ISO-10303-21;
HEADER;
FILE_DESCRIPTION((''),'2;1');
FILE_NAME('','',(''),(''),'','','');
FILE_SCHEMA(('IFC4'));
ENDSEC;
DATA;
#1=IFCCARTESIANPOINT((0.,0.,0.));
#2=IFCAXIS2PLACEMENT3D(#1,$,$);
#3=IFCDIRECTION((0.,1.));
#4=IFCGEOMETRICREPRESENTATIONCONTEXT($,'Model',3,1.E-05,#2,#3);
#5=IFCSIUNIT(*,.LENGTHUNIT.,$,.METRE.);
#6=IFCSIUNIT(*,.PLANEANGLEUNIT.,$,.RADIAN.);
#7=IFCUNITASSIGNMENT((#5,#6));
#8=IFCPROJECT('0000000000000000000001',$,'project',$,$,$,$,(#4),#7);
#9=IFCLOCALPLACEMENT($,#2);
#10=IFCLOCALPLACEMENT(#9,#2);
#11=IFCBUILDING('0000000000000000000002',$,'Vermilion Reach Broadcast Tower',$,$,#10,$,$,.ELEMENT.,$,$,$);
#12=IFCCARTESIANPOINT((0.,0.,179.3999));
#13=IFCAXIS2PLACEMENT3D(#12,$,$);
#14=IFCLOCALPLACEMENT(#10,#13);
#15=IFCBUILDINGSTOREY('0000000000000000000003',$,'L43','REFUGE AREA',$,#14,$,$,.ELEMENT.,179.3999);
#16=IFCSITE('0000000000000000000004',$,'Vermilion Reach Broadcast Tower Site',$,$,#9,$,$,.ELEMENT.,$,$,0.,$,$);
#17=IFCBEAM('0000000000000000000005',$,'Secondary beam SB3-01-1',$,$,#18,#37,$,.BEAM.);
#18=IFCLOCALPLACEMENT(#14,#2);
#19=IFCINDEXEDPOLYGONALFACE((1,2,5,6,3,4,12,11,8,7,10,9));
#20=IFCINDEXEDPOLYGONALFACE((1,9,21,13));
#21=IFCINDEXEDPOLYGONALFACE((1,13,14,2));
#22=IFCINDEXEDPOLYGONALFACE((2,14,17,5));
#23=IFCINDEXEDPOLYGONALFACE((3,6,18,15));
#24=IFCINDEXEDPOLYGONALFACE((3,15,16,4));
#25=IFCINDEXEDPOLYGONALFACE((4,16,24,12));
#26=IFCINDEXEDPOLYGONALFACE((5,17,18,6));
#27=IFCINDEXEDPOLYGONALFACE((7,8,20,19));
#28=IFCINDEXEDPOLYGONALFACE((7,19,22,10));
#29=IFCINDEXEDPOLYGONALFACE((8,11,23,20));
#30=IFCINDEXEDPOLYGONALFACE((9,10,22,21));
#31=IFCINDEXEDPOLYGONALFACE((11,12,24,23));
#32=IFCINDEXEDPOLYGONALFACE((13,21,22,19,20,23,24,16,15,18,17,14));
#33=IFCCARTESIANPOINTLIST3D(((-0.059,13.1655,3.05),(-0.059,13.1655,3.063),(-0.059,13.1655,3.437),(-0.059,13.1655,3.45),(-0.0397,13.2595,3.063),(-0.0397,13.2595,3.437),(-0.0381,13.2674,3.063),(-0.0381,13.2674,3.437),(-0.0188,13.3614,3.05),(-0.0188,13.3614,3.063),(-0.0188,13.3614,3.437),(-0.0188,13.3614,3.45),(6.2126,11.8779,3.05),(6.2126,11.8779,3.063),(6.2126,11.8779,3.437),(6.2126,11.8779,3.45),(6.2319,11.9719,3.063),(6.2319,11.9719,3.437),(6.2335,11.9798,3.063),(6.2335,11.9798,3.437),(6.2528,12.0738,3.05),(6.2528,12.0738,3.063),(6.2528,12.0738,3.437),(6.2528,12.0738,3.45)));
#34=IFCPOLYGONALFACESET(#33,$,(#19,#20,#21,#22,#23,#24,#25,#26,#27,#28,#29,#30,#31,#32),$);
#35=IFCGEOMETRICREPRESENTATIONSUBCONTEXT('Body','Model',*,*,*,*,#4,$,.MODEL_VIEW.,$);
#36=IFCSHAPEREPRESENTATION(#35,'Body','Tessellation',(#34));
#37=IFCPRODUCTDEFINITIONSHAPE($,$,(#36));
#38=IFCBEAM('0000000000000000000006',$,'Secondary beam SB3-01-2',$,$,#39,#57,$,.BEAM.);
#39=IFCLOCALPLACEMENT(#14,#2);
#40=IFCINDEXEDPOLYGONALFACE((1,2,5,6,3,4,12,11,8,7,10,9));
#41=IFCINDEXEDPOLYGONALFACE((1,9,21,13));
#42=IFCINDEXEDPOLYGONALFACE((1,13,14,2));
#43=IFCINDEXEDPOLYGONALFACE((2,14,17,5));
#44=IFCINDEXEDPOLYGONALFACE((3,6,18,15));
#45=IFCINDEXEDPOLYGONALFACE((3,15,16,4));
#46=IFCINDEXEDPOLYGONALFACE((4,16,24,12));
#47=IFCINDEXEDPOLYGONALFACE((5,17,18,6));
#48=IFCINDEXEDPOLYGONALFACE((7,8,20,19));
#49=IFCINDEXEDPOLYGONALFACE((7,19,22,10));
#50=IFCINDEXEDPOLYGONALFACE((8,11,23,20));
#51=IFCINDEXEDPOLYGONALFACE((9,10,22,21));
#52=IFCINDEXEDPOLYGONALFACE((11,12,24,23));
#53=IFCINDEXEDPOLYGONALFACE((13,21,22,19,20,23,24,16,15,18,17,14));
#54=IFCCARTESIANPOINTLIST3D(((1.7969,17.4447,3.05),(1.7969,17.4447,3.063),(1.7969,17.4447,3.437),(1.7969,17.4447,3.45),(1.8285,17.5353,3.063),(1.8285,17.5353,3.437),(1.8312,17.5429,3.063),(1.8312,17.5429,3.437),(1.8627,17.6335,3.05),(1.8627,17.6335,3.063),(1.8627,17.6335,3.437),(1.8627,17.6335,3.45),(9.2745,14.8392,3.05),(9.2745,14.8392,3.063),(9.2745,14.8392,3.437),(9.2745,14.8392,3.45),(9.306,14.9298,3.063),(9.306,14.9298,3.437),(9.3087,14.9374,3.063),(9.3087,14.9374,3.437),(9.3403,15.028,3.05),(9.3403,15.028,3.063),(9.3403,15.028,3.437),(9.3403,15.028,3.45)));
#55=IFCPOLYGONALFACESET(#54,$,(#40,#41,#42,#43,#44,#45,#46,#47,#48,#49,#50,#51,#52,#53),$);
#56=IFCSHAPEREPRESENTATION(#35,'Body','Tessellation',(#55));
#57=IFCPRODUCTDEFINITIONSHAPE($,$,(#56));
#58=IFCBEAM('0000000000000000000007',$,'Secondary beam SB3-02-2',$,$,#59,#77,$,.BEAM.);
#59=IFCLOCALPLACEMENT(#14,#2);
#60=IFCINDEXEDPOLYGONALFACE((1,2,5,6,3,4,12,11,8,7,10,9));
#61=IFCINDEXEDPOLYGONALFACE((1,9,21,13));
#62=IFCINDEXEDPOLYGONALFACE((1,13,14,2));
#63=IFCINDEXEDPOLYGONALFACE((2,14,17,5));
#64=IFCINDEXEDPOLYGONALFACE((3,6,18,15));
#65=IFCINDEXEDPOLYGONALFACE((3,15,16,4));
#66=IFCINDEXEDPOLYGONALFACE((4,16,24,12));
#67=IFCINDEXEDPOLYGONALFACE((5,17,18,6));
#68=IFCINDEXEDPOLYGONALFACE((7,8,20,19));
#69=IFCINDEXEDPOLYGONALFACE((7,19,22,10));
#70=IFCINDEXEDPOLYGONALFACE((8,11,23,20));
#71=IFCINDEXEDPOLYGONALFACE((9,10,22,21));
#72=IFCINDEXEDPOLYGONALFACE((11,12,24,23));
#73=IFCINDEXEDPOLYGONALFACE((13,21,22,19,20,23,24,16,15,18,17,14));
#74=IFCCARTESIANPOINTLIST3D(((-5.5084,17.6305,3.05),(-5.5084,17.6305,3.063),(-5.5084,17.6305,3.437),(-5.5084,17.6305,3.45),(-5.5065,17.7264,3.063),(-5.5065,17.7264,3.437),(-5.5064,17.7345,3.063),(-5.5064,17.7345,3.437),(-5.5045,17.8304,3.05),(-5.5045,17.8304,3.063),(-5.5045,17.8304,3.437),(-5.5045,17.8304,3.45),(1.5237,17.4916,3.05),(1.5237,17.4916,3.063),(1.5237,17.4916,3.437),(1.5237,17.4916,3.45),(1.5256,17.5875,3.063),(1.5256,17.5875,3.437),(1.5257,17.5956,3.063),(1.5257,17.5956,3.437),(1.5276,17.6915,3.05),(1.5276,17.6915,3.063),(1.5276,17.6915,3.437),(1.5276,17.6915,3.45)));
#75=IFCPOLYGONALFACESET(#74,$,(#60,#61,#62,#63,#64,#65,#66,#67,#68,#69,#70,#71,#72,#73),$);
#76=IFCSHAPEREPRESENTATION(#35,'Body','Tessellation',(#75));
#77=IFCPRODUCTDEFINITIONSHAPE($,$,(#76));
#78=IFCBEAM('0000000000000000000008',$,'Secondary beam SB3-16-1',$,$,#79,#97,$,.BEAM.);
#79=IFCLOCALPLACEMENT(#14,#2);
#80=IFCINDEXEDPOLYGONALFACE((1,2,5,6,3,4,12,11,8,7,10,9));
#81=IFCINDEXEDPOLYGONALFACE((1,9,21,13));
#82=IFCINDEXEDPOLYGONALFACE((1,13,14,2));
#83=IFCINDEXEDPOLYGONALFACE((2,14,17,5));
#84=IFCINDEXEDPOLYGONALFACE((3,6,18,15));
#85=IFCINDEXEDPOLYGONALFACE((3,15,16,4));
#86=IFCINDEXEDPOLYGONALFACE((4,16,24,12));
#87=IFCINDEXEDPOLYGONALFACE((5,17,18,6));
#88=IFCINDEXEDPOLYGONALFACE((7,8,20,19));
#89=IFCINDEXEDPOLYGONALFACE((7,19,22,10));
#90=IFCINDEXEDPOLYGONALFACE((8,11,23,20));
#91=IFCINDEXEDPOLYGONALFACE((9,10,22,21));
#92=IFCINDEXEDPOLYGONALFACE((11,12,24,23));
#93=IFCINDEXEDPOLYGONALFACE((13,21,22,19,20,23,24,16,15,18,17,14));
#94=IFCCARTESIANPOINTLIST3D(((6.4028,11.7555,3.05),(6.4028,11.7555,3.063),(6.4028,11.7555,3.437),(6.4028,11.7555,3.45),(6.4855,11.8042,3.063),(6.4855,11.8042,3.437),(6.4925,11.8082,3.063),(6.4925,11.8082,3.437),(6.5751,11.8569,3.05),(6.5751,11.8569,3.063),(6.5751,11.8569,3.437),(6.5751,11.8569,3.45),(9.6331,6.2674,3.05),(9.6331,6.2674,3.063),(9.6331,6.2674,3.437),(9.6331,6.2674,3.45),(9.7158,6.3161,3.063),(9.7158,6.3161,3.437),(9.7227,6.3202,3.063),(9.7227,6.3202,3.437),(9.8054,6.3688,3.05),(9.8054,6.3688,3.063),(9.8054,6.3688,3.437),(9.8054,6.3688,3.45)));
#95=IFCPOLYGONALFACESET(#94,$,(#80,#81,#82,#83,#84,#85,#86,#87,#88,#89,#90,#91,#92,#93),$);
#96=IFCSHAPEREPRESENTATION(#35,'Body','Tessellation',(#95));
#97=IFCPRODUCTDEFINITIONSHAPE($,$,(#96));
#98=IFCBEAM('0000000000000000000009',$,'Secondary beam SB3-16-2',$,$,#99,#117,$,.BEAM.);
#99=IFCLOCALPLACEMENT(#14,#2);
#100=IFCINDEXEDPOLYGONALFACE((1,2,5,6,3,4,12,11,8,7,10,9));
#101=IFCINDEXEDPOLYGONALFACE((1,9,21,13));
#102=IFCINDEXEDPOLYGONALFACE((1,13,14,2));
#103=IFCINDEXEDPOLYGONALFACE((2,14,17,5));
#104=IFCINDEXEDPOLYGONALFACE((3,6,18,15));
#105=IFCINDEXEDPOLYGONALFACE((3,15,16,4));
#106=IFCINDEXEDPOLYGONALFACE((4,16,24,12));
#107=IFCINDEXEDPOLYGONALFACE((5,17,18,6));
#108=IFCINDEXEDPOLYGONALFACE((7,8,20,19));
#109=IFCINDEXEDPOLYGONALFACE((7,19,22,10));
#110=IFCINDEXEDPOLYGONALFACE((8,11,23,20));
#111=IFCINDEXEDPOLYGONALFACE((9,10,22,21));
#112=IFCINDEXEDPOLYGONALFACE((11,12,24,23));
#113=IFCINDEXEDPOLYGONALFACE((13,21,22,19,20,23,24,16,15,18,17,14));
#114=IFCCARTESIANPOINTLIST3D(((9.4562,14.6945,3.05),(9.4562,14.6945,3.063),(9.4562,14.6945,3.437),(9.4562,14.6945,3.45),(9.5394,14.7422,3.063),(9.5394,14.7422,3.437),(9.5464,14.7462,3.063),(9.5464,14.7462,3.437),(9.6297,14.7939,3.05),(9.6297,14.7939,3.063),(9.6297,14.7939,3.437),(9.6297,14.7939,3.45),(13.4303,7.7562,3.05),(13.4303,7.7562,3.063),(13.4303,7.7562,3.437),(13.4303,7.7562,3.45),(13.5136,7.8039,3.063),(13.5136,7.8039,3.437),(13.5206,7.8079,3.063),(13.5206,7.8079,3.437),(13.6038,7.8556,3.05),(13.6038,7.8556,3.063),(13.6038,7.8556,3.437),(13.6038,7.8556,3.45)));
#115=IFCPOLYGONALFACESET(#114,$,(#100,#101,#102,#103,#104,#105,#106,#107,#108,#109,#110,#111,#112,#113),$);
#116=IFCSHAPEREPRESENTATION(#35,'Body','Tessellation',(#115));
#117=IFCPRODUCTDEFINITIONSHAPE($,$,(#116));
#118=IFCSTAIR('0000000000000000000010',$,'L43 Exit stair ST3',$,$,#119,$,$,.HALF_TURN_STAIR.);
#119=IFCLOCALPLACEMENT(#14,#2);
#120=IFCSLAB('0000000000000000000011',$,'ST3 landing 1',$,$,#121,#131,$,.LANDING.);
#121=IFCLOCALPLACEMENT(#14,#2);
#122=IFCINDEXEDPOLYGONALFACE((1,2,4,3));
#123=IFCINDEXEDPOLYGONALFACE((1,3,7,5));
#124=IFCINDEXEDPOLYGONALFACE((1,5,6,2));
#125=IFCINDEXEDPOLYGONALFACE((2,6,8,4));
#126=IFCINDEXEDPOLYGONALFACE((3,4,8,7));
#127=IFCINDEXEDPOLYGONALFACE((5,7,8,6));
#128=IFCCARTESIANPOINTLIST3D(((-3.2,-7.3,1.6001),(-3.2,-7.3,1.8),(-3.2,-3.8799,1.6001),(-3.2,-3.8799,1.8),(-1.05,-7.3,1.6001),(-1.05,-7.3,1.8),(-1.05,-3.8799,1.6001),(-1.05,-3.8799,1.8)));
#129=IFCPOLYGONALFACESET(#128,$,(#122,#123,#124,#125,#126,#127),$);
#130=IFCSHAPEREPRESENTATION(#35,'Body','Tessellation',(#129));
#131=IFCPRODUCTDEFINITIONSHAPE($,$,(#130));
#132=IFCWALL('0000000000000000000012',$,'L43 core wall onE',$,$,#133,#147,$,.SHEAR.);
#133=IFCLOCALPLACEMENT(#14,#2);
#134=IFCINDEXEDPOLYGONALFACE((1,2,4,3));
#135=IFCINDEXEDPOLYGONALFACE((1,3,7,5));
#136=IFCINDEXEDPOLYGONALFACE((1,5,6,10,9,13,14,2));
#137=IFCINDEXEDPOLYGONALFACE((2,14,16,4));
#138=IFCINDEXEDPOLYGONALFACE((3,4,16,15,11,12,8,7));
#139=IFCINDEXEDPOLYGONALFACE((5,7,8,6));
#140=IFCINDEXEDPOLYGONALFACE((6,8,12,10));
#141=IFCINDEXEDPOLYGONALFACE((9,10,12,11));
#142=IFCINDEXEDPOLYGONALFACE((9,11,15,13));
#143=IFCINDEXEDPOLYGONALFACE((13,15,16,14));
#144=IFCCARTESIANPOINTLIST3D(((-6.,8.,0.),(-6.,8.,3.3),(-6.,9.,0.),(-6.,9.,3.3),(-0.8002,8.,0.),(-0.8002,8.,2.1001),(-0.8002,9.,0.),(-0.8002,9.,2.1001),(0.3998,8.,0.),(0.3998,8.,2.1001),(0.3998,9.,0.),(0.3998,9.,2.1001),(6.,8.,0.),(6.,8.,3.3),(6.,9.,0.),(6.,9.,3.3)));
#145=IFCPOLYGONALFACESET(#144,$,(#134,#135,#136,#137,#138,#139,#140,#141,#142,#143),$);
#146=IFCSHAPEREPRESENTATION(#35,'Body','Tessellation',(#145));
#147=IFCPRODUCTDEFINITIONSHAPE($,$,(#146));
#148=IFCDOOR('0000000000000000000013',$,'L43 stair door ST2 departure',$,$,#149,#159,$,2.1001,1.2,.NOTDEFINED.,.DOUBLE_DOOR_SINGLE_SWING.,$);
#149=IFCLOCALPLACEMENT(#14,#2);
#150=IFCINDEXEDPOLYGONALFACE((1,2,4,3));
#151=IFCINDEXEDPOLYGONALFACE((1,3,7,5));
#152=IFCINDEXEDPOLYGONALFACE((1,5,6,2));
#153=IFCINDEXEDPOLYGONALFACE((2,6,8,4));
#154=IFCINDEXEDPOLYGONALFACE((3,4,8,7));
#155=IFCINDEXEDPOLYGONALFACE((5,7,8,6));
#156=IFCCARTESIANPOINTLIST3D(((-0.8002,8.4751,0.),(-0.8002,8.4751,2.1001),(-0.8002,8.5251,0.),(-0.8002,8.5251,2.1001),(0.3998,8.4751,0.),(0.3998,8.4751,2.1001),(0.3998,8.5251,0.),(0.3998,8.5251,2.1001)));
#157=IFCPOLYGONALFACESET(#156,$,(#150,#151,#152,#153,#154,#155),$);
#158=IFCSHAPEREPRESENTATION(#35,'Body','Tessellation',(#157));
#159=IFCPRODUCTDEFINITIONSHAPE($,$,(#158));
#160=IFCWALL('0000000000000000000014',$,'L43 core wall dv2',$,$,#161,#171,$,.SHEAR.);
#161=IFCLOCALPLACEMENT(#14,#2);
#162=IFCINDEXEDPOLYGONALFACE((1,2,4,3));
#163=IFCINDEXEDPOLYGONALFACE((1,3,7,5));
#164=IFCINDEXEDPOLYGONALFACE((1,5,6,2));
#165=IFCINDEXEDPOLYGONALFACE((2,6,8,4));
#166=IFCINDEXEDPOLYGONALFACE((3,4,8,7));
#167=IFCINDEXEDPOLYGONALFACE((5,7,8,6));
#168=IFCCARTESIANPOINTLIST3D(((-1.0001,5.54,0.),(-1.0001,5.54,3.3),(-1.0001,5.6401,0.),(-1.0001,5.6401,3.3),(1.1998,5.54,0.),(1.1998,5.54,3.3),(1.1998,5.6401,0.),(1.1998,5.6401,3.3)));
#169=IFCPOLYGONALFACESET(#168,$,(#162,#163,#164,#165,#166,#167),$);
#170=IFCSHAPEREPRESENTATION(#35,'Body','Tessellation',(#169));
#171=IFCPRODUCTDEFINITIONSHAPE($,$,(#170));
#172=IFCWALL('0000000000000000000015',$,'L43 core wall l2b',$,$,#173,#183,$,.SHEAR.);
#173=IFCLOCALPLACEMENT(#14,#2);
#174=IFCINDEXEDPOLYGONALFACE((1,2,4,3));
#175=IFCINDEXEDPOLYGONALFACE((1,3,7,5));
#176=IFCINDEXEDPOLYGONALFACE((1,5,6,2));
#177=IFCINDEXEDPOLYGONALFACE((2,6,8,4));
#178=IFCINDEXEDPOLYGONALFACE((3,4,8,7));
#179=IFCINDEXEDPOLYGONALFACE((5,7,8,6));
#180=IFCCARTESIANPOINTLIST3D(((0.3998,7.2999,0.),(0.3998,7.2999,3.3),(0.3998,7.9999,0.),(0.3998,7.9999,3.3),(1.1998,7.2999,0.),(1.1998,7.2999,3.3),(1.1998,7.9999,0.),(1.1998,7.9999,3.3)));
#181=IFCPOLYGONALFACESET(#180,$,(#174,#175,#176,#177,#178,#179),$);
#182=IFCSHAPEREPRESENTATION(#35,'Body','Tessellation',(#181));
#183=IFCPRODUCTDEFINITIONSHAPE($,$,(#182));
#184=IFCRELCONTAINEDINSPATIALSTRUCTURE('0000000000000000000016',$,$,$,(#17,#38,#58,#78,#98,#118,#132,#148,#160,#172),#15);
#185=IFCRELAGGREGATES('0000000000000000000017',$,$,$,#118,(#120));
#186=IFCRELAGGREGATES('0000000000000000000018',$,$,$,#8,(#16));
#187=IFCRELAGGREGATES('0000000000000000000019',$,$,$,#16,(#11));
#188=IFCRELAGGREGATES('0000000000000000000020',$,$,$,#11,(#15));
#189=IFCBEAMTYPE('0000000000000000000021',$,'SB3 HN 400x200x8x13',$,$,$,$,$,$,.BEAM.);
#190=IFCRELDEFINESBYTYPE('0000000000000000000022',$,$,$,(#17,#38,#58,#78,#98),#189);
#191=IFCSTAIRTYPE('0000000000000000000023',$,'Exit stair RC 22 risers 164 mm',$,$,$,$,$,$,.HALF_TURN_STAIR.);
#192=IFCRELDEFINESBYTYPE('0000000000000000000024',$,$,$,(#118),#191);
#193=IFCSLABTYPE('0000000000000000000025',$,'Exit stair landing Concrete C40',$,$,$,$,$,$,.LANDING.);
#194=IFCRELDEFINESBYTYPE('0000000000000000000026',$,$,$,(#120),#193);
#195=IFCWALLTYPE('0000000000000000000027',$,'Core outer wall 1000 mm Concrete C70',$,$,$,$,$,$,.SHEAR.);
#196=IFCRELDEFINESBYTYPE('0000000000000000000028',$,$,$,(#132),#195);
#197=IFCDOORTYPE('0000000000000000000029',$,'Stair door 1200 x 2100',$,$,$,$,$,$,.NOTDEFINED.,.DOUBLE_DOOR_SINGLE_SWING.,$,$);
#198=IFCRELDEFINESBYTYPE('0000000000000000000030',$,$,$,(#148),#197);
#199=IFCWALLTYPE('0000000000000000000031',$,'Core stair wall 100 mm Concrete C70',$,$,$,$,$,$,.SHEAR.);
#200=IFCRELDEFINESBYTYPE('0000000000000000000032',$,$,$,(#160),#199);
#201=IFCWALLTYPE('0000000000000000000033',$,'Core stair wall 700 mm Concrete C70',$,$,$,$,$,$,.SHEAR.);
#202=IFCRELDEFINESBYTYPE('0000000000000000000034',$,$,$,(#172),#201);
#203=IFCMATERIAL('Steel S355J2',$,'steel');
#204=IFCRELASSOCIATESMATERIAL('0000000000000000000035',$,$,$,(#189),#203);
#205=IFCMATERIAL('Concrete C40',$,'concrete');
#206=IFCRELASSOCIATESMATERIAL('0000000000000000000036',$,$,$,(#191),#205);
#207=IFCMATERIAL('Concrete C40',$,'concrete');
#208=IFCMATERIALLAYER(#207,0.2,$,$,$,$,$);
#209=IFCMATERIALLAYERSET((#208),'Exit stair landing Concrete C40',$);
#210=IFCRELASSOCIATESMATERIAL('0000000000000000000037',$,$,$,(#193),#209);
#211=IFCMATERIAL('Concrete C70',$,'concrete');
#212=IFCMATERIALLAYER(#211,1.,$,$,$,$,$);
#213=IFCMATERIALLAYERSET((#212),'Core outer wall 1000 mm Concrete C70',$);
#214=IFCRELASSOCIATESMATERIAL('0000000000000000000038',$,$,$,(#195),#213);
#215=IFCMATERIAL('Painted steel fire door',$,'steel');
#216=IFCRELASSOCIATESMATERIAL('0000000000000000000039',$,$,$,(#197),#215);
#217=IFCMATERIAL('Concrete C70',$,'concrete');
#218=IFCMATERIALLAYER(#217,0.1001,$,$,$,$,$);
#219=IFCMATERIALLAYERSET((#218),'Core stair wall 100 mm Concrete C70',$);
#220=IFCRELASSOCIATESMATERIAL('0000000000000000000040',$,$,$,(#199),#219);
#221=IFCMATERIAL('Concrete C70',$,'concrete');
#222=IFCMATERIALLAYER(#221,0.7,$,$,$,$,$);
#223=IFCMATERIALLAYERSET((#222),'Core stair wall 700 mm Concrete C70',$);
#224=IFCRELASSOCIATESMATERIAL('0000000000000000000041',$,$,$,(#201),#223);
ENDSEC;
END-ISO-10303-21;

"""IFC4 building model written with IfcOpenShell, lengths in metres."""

from ifc_helpers import new_model, si_unit, direction, frame, frame_2d, origin, origin_2d, place, context, subcontext, project, spatial, polyline, rectangle, i_section, outline, extrude, material, layer, layer_set, material_profile, profile_set, type_object, element, fill, aggregate, save


model = new_model("IFC4")

# Units and contexts
model_context = context("Model", 3, precision=1e-05, world=origin(), true_north=direction((0.0, 1.0)))
body_context = subcontext(model_context, "Body", "Model", "MODEL_VIEW")
ifc_project = project(units=[si_unit("LENGTHUNIT", "METRE"), si_unit("PLANEANGLEUNIT", "RADIAN")], contexts=[model_context])

# Site, building, storey
site_placement = place(None, origin())
site = spatial("IfcSite", under=ifc_project, at=site_placement, Name="Vermilion Reach Broadcast Tower Site", CompositionType="ELEMENT", RefElevation=0.0)
building_placement = place(site_placement, origin())
building = spatial("IfcBuilding", under=site, at=building_placement, Name="Vermilion Reach Broadcast Tower", CompositionType="ELEMENT")
storey_placement = place(building_placement, frame((0.0, 0.0, 179.3999)))
storey = spatial("IfcBuildingStorey", under=building, at=storey_placement, Name="L43", Description="REFUGE AREA", CompositionType="ELEMENT", Elevation=179.3999)

# Beams
ifc_material_1 = material(Name="Steel S355J2", Category="steel")
ifc_material_profile_1 = material_profile(ifc_material_1, i_section(OverallWidth=0.2, OverallDepth=0.3999, WebThickness=0.0081, FlangeThickness=0.0129, at=origin_2d()), Name="S355J2 HN 400x200x8x13")
ifc_profile_set_1 = profile_set([ifc_material_profile_1], Name="Steel S355J2")
beam_type_1 = type_object("IfcBeamType", Name="SB3 HN 400x200x8x13", PredefinedType="BEAM", material=ifc_profile_set_1)
beam_1_placement = place(storey_placement, frame((6.2327, 11.9758, 3.25), z_axis=(-0.979568, 0.201115, 0.0), x_axis=(-0.201115, -0.979568, 0.0)))
element("IfcBeam", 1, at=beam_1_placement, inside=storey, type_object=beam_type_1, Name="Secondary beam SB3-01-1", PredefinedType="BEAM", context=body_context, shape_type="SweptSolid", body=[
    extrude(i_section(OverallWidth=0.2, OverallDepth=0.3999, WebThickness=0.0081, FlangeThickness=0.0129, at=origin_2d()), origin(), (0.0, 0.0, 1.0), 6.4023),
])
beam_2_placement = place(storey_placement, frame((9.3074, 14.9336, 3.25), z_axis=(-0.944317, 0.329037, 0.0), x_axis=(-0.329037, -0.944317, 0.0)))
element("IfcBeam", 2, at=beam_2_placement, inside=storey, type_object=beam_type_1, Name="Secondary beam SB3-01-2", PredefinedType="BEAM", context=body_context, shape_type="SweptSolid", body=[
    extrude(i_section(OverallWidth=0.2, OverallDepth=0.3999, WebThickness=0.0081, FlangeThickness=0.0129, at=origin_2d()), origin(), (0.0, 0.0, 1.0), 7.9185),
])
beam_3_placement = place(storey_placement, frame((1.5256, 17.5916, 3.25), z_axis=(-0.999805, 0.019751, 0.0), x_axis=(-0.019751, -0.999805, 0.0)))
element("IfcBeam", 3, at=beam_3_placement, inside=storey, type_object=beam_type_1, Name="Secondary beam SB3-02-2", PredefinedType="BEAM", context=body_context, shape_type="SweptSolid", body=[
    extrude(i_section(OverallWidth=0.2, OverallDepth=0.3999, WebThickness=0.0081, FlangeThickness=0.0129, at=origin_2d()), origin(), (0.0, 0.0, 1.0), 7.0334),
])
beam_4_placement = place(storey_placement, frame((9.7192, 6.3181, 3.25), z_axis=(-0.50725, 0.861799, 0.0), x_axis=(-0.861799, -0.50725, 0.0)))
element("IfcBeam", 4, at=beam_4_placement, inside=storey, type_object=beam_type_1, Name="Secondary beam SB3-16-1", PredefinedType="BEAM", context=body_context, shape_type="SweptSolid", body=[
    extrude(i_section(OverallWidth=0.2, OverallDepth=0.3999, WebThickness=0.0081, FlangeThickness=0.0129, at=origin_2d()), origin(), (0.0, 0.0, 1.0), 6.3682),
])
beam_5_placement = place(storey_placement, frame((13.5171, 7.8059, 3.25), z_axis=(-0.497027, 0.867735, 0.0), x_axis=(-0.867735, -0.497027, 0.0)))
element("IfcBeam", 5, at=beam_5_placement, inside=storey, type_object=beam_type_1, Name="Secondary beam SB3-16-2", PredefinedType="BEAM", context=body_context, shape_type="SweptSolid", body=[
    extrude(i_section(OverallWidth=0.2, OverallDepth=0.3999, WebThickness=0.0081, FlangeThickness=0.0129, at=origin_2d()), origin(), (0.0, 0.0, 1.0), 7.9958),
])

# Stair, slab
ifc_material_2 = material(Name="Concrete C40", Category="concrete")
stair_type = type_object("IfcStairType", Name="Exit stair RC 22 risers 164 mm", PredefinedType="HALF_TURN_STAIR", material=ifc_material_2)
stair_placement = place(storey_placement, origin())
stair = element("IfcStair", 6, at=stair_placement, inside=storey, type_object=stair_type, Name="L43 Exit stair ST3", PredefinedType="HALF_TURN_STAIR")
ifc_material_3 = material(Name="Concrete C40", Category="concrete")
ifc_layer_1 = layer(ifc_material_3, 0.2)
ifc_layer_set_1 = layer_set([ifc_layer_1], Name="Exit stair landing Concrete C40")
slab_type = type_object("IfcSlabType", Name="Exit stair landing Concrete C40", PredefinedType="LANDING", material=ifc_layer_set_1)
slab_placement = place(storey_placement, frame((0.0, 0.0, 1.6001)))
slab = element("IfcSlab", 7, at=slab_placement, type_object=slab_type, Name="ST3 landing 1", PredefinedType="LANDING", context=body_context, shape_type="SweptSolid", body=[
    extrude(outline(polyline([(-3.2, -7.3), (-1.05, -7.3), (-1.05, -3.8799), (-3.2, -3.8799), (-3.2, -7.3)])), origin(), (0.0, 0.0, 1.0), 0.2),
])
aggregate(stair, [slab])

# Wall, opening, door
ifc_material_4 = material(Name="Concrete C70", Category="concrete")
ifc_layer_2 = layer(ifc_material_4, 1.0)
ifc_layer_set_2 = layer_set([ifc_layer_2], Name="Core outer wall 1000 mm Concrete C70")
wall_type_1 = type_object("IfcWallType", Name="Core outer wall 1000 mm Concrete C70", PredefinedType="SHEAR", material=ifc_layer_set_2)
wall_1_placement = place(storey_placement, frame((6.0, 8.5, 0.0), z_axis=(0.0, 0.0, 1.0), x_axis=(-1.0, 0.0, 0.0)))
wall_1 = element("IfcWall", 8, at=wall_1_placement, inside=storey, type_object=wall_type_1, Name="L43 core wall onE", PredefinedType="SHEAR", context=body_context, shape_type="SweptSolid", body=[
    extrude(rectangle(XDim=12.0, YDim=1.0, at=frame_2d((6.0, 0.0))), origin(), (0.0, 0.0, 1.0), 3.3),
])
opening_placement = place(wall_1_placement, frame((5.6001, 0.0, 0.0)))
opening = element("IfcOpeningElement", 9, at=opening_placement, cuts=wall_1, PredefinedType="OPENING", context=body_context, shape_type="SweptSolid", body=[
    extrude(rectangle(XDim=1.2, YDim=2.1001, at=frame_2d((0.6001, 1.05))), frame((0.0, 0.51, 0.0), z_axis=(0.0, -1.0, 0.0), x_axis=(1.0, 0.0, 0.0)), (0.0, 0.0, 1.0), 1.02),
])
ifc_material_5 = material(Name="Painted steel fire door", Category="steel")
door_type = type_object("IfcDoorType", Name="Stair door 1200 x 2100", OperationType="DOUBLE_DOOR_SINGLE_SWING", PredefinedType="NOTDEFINED", material=ifc_material_5)
door_placement = place(opening_placement, origin())
door = element("IfcDoor", 10, at=door_placement, inside=storey, type_object=door_type, Name="L43 stair door ST2 departure", OperationType="DOUBLE_DOOR_SINGLE_SWING", OverallHeight=2.1001, OverallWidth=1.2, PredefinedType="NOTDEFINED", context=body_context, shape_type="SweptSolid", body=[
    extrude(rectangle(XDim=1.2, YDim=2.1001, at=frame_2d((0.6001, 1.05))), frame((0.0, 0.0249, 0.0), z_axis=(0.0, -1.0, 0.0), x_axis=(1.0, 0.0, 0.0)), (0.0, 0.0, 1.0), 0.05),
])
fill(opening, door)

# Walls
ifc_material_6 = material(Name="Concrete C70", Category="concrete")
ifc_layer_3 = layer(ifc_material_6, 0.1001)
ifc_layer_set_3 = layer_set([ifc_layer_3], Name="Core stair wall 100 mm Concrete C70")
wall_type_2 = type_object("IfcWallType", Name="Core stair wall 100 mm Concrete C70", PredefinedType="SHEAR", material=ifc_layer_set_3)
wall_2_placement = place(storey_placement, frame((1.2, 5.5901, 0.0), z_axis=(0.0, 0.0, 1.0), x_axis=(-1.0, 0.0, 0.0)))
element("IfcWall", 11, at=wall_2_placement, inside=storey, type_object=wall_type_2, Name="L43 core wall dv2", PredefinedType="SHEAR", context=body_context, shape_type="SweptSolid", body=[
    extrude(rectangle(XDim=2.2, YDim=0.1001, at=frame_2d((1.1001, 0.0))), origin(), (0.0, 0.0, 1.0), 3.3),
])
ifc_material_7 = material(Name="Concrete C70", Category="concrete")
ifc_layer_4 = layer(ifc_material_7, 0.7)
ifc_layer_set_4 = layer_set([ifc_layer_4], Name="Core stair wall 700 mm Concrete C70")
wall_type_3 = type_object("IfcWallType", Name="Core stair wall 700 mm Concrete C70", PredefinedType="SHEAR", material=ifc_layer_set_4)
wall_3_placement = place(storey_placement, frame((0.3999, 7.6499, 0.0), z_axis=(0.0, 0.0, 1.0), x_axis=(1.0, 0.0, 0.0)))
element("IfcWall", 12, at=wall_3_placement, inside=storey, type_object=wall_type_3, Name="L43 core wall l2b", PredefinedType="SHEAR", context=body_context, shape_type="SweptSolid", body=[
    extrude(rectangle(XDim=0.8, YDim=0.7, at=frame_2d((0.3999, 0.0))), origin(), (0.0, 0.0, 1.0), 3.3),
])

save(model, "model.ifc")
